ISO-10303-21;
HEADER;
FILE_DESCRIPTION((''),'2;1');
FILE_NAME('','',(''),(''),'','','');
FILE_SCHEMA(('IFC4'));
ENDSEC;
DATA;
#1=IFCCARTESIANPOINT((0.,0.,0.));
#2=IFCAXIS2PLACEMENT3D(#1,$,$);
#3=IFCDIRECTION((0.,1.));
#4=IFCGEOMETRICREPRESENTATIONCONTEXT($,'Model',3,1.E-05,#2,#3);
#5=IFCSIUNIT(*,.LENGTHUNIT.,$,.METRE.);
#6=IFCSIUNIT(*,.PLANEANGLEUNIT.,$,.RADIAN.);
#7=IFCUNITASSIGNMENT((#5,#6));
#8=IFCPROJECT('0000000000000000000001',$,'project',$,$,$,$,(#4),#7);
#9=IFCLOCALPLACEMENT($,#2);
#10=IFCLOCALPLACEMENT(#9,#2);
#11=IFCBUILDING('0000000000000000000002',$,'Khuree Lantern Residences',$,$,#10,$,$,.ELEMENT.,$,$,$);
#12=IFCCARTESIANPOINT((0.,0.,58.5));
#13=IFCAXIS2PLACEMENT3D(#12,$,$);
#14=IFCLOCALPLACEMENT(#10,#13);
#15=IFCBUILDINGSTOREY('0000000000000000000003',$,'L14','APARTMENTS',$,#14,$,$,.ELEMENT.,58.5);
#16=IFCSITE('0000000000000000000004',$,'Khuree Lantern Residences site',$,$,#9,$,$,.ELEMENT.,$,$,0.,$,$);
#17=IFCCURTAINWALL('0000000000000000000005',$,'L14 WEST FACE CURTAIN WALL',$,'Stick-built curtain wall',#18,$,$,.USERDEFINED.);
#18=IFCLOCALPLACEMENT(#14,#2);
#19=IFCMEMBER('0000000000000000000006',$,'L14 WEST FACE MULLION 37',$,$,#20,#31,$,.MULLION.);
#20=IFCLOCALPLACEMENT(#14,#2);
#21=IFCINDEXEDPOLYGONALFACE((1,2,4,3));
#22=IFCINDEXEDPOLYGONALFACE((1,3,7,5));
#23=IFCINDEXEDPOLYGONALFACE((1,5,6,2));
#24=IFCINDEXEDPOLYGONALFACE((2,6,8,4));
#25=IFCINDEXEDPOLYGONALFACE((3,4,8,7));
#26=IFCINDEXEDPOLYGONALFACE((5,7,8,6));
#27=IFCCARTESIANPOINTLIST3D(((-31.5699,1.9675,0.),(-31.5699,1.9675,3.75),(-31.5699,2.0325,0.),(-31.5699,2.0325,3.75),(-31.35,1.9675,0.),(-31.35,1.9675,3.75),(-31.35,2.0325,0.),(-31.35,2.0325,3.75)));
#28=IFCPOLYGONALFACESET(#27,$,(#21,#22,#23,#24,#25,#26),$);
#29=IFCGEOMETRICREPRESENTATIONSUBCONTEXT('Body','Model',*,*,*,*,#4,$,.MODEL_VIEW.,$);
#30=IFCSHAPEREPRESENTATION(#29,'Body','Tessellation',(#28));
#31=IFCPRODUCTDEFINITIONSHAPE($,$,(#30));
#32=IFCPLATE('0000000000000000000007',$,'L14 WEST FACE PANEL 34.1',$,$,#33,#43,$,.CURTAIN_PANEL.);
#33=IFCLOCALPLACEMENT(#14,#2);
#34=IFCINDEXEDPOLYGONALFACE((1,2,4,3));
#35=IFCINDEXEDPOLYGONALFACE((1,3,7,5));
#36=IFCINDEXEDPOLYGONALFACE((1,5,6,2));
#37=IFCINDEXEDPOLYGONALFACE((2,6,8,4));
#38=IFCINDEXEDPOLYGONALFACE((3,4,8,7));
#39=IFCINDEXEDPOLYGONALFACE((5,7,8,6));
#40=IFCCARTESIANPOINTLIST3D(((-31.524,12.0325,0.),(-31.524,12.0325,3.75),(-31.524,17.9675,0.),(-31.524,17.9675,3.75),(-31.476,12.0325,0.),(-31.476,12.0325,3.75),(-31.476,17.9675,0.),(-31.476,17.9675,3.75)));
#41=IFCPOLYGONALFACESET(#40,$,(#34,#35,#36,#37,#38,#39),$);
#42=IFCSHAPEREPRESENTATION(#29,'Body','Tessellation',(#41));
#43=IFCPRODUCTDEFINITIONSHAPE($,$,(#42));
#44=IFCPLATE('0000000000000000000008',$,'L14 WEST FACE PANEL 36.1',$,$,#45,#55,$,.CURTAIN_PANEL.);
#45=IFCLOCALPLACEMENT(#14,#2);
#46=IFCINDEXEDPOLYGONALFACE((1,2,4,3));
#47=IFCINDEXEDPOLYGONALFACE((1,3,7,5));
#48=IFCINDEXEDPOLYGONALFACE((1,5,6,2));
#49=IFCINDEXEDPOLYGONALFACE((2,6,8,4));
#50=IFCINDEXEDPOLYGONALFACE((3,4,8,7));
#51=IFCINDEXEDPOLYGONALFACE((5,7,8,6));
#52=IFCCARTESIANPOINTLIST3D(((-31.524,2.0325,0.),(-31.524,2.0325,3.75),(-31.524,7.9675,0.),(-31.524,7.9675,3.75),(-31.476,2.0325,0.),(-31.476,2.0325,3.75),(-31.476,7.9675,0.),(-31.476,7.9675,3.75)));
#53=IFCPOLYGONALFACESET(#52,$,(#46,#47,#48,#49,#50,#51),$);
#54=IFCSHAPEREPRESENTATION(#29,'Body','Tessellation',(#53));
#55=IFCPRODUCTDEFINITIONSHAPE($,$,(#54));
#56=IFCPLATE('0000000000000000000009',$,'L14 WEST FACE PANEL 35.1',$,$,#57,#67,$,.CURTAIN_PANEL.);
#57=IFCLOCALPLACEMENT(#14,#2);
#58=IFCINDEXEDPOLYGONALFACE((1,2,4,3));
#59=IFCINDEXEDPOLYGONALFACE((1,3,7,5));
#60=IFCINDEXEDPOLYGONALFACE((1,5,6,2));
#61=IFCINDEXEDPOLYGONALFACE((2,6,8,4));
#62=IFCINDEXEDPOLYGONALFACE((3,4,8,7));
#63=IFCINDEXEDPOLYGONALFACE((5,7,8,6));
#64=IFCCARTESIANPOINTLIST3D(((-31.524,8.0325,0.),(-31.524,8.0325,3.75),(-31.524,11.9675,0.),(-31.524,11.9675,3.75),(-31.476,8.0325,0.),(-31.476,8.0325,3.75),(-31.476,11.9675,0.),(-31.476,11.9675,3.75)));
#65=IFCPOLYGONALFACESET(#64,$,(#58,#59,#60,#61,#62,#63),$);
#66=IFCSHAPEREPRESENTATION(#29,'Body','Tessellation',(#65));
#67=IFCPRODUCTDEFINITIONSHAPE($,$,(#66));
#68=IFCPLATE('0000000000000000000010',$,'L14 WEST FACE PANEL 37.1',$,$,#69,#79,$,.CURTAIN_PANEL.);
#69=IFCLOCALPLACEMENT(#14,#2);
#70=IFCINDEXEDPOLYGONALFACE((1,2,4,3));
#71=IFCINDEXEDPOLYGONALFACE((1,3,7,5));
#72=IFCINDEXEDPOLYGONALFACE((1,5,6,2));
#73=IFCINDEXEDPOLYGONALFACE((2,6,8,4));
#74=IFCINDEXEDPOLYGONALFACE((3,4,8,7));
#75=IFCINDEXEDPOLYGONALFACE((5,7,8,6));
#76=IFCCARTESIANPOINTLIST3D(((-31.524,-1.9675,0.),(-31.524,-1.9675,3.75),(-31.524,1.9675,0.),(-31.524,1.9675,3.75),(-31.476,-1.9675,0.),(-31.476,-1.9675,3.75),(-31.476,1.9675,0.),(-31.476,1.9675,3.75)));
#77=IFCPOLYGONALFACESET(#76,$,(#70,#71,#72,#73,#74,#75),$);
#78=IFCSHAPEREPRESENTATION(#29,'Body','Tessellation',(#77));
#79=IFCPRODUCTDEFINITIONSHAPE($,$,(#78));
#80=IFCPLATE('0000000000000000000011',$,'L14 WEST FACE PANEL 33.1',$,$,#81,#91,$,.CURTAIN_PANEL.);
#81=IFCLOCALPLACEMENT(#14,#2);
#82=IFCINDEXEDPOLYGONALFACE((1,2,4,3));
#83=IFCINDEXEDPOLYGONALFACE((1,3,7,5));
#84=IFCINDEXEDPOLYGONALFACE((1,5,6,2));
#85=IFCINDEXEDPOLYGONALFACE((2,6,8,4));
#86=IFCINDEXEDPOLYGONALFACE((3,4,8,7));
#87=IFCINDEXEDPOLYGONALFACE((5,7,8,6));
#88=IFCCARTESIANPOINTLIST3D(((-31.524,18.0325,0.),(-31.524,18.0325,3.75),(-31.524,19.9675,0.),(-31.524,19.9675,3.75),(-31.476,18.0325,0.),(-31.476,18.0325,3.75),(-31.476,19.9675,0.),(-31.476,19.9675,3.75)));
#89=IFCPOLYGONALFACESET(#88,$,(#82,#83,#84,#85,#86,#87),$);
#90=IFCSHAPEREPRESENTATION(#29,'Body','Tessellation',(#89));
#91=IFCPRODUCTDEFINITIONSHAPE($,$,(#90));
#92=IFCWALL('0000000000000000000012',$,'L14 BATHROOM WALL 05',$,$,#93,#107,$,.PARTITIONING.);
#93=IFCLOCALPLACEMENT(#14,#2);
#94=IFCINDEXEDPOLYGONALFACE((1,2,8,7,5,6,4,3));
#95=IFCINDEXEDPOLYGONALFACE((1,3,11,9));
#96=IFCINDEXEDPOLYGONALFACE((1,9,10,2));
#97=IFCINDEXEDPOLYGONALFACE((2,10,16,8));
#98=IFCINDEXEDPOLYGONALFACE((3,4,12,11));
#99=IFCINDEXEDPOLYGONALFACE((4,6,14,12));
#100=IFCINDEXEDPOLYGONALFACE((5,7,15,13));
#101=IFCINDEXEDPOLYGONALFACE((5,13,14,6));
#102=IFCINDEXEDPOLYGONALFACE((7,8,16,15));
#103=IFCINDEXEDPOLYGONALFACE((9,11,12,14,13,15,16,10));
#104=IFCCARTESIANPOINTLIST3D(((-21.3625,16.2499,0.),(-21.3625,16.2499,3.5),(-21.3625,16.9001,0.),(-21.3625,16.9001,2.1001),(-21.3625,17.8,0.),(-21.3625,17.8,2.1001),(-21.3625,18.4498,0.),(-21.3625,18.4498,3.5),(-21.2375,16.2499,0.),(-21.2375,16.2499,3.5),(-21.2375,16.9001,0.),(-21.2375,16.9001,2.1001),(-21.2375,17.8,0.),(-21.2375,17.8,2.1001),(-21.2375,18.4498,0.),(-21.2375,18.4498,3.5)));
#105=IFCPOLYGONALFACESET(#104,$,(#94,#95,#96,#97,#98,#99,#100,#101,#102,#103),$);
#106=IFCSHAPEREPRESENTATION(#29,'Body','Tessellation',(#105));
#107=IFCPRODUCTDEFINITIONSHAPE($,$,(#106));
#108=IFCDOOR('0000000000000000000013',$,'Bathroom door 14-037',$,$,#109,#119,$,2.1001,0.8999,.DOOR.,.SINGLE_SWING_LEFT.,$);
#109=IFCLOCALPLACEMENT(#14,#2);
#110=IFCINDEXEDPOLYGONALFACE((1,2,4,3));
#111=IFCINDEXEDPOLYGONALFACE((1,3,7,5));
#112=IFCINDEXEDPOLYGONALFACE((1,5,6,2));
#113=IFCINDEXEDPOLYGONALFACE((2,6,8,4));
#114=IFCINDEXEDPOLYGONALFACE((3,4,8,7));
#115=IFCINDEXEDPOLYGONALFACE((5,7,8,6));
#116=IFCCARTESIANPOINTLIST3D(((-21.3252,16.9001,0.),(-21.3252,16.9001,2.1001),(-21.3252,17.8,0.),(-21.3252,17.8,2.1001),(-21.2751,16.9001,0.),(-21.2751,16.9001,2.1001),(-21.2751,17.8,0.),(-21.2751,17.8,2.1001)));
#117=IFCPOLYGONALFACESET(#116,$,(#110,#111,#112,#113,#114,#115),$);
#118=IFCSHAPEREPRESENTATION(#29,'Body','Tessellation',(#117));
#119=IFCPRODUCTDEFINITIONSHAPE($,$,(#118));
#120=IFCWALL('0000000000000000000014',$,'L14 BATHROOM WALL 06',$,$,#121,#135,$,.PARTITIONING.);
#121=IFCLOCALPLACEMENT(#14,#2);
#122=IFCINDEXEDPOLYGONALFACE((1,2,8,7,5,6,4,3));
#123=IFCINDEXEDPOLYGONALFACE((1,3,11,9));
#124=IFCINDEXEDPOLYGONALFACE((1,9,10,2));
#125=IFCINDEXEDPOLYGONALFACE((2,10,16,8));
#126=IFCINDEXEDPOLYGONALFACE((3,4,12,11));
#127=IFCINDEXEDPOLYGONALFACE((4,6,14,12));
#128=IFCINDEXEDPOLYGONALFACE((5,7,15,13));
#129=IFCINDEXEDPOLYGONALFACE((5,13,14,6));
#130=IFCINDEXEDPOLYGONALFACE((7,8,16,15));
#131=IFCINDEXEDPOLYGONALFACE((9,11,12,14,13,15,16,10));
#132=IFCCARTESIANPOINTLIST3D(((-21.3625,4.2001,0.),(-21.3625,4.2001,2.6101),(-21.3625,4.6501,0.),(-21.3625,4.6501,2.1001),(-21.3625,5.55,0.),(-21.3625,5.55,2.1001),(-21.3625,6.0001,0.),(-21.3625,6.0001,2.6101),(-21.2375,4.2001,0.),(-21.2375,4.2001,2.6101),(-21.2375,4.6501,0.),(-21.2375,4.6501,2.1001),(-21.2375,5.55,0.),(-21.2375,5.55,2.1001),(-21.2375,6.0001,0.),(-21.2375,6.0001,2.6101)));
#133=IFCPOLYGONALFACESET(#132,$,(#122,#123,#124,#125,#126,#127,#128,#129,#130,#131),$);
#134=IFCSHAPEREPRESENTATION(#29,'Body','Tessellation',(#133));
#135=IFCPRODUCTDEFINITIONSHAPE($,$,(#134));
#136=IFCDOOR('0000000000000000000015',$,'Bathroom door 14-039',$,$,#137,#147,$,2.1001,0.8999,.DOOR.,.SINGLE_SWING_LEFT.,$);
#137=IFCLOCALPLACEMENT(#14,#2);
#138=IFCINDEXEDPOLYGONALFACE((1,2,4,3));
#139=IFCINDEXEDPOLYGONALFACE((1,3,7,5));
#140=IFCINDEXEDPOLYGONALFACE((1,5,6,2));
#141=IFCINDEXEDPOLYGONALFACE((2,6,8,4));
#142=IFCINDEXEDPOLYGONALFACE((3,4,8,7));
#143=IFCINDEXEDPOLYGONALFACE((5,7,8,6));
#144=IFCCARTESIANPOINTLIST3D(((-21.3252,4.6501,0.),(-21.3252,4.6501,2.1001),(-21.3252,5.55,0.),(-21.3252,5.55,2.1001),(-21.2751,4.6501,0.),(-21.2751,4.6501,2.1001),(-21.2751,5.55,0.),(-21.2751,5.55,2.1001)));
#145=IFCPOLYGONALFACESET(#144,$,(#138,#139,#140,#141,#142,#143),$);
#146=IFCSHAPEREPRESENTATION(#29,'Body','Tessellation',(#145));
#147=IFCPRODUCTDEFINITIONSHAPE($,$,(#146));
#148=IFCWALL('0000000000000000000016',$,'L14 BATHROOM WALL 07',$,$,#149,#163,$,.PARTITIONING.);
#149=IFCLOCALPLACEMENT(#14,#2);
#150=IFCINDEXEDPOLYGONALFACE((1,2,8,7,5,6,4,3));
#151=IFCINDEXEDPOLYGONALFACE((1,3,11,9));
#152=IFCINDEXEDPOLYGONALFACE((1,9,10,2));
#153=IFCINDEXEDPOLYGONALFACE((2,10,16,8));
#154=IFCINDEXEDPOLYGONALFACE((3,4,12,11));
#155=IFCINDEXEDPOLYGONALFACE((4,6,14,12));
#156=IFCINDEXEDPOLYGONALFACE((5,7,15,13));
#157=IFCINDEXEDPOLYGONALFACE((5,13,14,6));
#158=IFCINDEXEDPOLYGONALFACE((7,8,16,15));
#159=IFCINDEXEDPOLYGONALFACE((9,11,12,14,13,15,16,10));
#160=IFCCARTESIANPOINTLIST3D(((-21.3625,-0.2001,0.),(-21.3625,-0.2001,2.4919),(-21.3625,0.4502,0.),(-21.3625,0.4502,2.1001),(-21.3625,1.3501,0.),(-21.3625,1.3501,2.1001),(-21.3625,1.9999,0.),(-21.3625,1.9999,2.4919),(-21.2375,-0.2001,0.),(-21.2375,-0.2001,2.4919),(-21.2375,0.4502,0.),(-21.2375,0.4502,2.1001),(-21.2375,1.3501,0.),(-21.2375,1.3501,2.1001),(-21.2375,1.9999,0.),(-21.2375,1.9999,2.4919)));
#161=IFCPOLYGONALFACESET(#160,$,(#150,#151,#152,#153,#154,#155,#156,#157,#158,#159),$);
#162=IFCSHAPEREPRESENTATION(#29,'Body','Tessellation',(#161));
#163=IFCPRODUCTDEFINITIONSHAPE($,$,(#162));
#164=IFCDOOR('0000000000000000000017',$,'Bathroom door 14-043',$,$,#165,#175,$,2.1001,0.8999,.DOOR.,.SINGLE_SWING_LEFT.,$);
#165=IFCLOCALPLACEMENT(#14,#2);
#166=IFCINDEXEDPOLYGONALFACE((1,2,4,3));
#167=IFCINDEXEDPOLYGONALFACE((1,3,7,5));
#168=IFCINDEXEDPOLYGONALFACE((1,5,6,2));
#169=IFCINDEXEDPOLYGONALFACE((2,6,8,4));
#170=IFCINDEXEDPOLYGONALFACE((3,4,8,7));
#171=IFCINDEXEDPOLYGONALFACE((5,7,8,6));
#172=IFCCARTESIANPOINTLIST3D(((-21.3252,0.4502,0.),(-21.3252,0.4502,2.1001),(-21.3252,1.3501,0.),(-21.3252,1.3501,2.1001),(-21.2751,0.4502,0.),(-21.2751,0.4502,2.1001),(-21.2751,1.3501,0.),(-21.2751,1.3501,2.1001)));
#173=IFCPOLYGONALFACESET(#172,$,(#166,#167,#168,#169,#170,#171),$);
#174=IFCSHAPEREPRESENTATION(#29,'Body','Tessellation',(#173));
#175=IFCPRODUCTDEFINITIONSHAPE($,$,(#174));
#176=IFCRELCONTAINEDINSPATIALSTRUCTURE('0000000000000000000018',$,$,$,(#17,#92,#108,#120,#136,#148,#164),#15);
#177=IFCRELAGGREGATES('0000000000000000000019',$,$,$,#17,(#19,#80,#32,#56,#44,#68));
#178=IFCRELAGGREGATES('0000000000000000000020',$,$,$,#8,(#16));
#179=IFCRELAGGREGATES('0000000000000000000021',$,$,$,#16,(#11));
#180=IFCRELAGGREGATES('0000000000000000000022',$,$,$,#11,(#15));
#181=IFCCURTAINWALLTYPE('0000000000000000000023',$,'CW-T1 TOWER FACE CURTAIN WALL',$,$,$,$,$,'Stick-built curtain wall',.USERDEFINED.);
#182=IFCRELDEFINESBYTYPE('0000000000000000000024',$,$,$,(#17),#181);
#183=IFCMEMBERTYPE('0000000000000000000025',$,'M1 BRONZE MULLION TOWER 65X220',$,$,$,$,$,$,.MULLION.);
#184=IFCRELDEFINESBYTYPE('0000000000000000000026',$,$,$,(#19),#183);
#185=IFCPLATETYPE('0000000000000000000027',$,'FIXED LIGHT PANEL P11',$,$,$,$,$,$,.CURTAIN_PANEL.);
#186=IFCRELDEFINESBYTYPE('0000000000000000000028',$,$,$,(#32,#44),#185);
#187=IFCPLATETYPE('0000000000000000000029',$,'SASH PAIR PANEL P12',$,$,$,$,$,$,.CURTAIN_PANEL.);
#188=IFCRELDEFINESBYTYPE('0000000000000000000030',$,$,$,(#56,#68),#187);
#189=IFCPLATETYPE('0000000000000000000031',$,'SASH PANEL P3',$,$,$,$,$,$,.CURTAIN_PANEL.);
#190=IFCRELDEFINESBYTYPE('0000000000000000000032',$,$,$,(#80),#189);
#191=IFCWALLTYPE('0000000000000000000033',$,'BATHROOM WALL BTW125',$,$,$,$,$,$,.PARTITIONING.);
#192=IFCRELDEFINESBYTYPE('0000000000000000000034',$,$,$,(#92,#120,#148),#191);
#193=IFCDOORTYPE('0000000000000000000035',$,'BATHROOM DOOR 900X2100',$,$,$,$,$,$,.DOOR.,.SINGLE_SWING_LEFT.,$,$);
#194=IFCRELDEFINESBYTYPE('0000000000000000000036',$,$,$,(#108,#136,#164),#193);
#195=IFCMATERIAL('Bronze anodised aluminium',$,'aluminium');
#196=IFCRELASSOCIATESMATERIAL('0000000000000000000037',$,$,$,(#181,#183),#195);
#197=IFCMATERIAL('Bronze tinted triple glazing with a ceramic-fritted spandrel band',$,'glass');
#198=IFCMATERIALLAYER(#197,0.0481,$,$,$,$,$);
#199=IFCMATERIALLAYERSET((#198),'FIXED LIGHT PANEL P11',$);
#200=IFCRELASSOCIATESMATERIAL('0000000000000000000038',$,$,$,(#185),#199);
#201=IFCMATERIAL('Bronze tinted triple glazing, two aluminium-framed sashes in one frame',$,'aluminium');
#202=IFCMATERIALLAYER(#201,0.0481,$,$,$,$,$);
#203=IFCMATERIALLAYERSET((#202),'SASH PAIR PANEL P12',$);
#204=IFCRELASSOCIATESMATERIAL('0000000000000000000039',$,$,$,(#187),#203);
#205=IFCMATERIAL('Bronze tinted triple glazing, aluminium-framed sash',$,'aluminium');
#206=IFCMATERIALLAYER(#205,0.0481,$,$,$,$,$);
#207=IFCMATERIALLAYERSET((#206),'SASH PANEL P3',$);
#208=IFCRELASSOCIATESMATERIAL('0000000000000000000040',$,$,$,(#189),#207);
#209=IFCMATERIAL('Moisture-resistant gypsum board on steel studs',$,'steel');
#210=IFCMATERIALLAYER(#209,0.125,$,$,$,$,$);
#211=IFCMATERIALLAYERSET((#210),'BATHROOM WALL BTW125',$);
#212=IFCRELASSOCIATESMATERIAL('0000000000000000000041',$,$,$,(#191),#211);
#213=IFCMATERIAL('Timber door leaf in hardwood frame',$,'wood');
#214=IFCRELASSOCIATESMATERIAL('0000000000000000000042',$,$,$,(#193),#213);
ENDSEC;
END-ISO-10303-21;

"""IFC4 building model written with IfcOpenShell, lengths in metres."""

from ifc_helpers import new_model, si_unit, direction, frame, frame_2d, origin, origin_2d, place, context, subcontext, project, spatial, rectangle, extrude, material, layer, layer_set, material_profile, profile_set, type_object, element, fill, aggregate, save


model = new_model("IFC4")

# Units and contexts
model_context = context("Model", 3, precision=1e-05, world=origin(), true_north=direction((0.0, 1.0)))
body_context = subcontext(model_context, "Body", "Model", "MODEL_VIEW")
ifc_project = project(units=[si_unit("LENGTHUNIT", "METRE"), si_unit("PLANEANGLEUNIT", "RADIAN")], contexts=[model_context])

# Site, building, storey
site_placement = place(None, origin())
site = spatial("IfcSite", under=ifc_project, at=site_placement, Name="Khuree Lantern Residences site", CompositionType="ELEMENT", RefElevation=0.0)
building_placement = place(site_placement, origin())
building = spatial("IfcBuilding", under=site, at=building_placement, Name="Khuree Lantern Residences", CompositionType="ELEMENT")
storey_placement = place(building_placement, frame((0.0, 0.0, 58.5)))
storey = spatial("IfcBuildingStorey", under=building, at=storey_placement, Name="L14", Description="APARTMENTS", CompositionType="ELEMENT", Elevation=58.5)

# Curtain wall
ifc_material_1 = material(Name="Bronze anodised aluminium", Category="aluminium")
curtain_wall_type = type_object("IfcCurtainWallType", Name="CW-T1 TOWER FACE CURTAIN WALL", ElementType="Stick-built curtain wall", PredefinedType="USERDEFINED", material=ifc_material_1)
curtain_wall_placement = place(storey_placement, origin())
curtain_wall = element("IfcCurtainWall", 1, at=curtain_wall_placement, inside=storey, type_object=curtain_wall_type, Name="L14 WEST FACE CURTAIN WALL", ObjectType="Stick-built curtain wall", PredefinedType="USERDEFINED")

# Member
ifc_material_profile_1 = material_profile(ifc_material_1, rectangle(XDim=0.0649, YDim=0.22, at=origin_2d()), Name="M1 65X220")
ifc_profile_set_1 = profile_set([ifc_material_profile_1], Name="Bronze anodised aluminium")
member_type_1 = type_object("IfcMemberType", Name="M1 BRONZE MULLION TOWER 65X220", PredefinedType="MULLION", material=ifc_profile_set_1)
member_1_placement = place(storey_placement, frame((-31.46, 2.0, 0.0), z_axis=(0.0, 0.0, 1.0), x_axis=(0.0, -1.0, 0.0)))
member_1 = element("IfcMember", 2, at=member_1_placement, type_object=member_type_1, Name="L14 WEST FACE MULLION 37", PredefinedType="MULLION", context=body_context, shape_type="SweptSolid", body=[
    extrude(rectangle(XDim=0.0649, YDim=0.22, at=origin_2d()), origin(), (0.0, 0.0, 1.0), 3.75),
])

# Plates
ifc_material_2 = material(Name="Bronze tinted triple glazing with a ceramic-fritted spandrel band", Category="glass")
ifc_layer_1 = layer(ifc_material_2, 0.0481)
ifc_layer_set_1 = layer_set([ifc_layer_1], Name="FIXED LIGHT PANEL P11")
plate_type_1 = type_object("IfcPlateType", Name="FIXED LIGHT PANEL P11", PredefinedType="CURTAIN_PANEL", material=ifc_layer_set_1)
plate_1_placement = place(storey_placement, frame((-31.5, 15.0, 0.0), z_axis=(0.0, 0.0, 1.0), x_axis=(0.0, -1.0, 0.0)))
plate_1 = element("IfcPlate", 3, at=plate_1_placement, type_object=plate_type_1, Name="L14 WEST FACE PANEL 34.1", PredefinedType="CURTAIN_PANEL", context=body_context, shape_type="SweptSolid", body=[
    extrude(rectangle(XDim=5.9351, YDim=0.0481, at=origin_2d()), origin(), (0.0, 0.0, 1.0), 3.75),
])
plate_2_placement = place(storey_placement, frame((-31.5, 5.0, 0.0), z_axis=(0.0, 0.0, 1.0), x_axis=(0.0, -1.0, 0.0)))
plate_2 = element("IfcPlate", 4, at=plate_2_placement, type_object=plate_type_1, Name="L14 WEST FACE PANEL 36.1", PredefinedType="CURTAIN_PANEL", context=body_context, shape_type="SweptSolid", body=[
    extrude(rectangle(XDim=5.9351, YDim=0.0481, at=origin_2d()), origin(), (0.0, 0.0, 1.0), 3.75),
])
ifc_material_3 = material(Name="Bronze tinted triple glazing, two aluminium-framed sashes in one frame", Category="aluminium")
ifc_layer_2 = layer(ifc_material_3, 0.0481)
ifc_layer_set_2 = layer_set([ifc_layer_2], Name="SASH PAIR PANEL P12")
plate_type_2 = type_object("IfcPlateType", Name="SASH PAIR PANEL P12", PredefinedType="CURTAIN_PANEL", material=ifc_layer_set_2)
plate_3_placement = place(storey_placement, frame((-31.5, 10.0, 0.0), z_axis=(0.0, 0.0, 1.0), x_axis=(0.0, -1.0, 0.0)))
plate_3 = element("IfcPlate", 5, at=plate_3_placement, type_object=plate_type_2, Name="L14 WEST FACE PANEL 35.1", PredefinedType="CURTAIN_PANEL", context=body_context, shape_type="SweptSolid", body=[
    extrude(rectangle(XDim=3.9351, YDim=0.0481, at=origin_2d()), origin(), (0.0, 0.0, 1.0), 3.75),
])
plate_4_placement = place(storey_placement, frame((-31.5, 0.0, 0.0), z_axis=(0.0, 0.0, 1.0), x_axis=(0.0, -1.0, 0.0)))
plate_4 = element("IfcPlate", 6, at=plate_4_placement, type_object=plate_type_2, Name="L14 WEST FACE PANEL 37.1", PredefinedType="CURTAIN_PANEL", context=body_context, shape_type="SweptSolid", body=[
    extrude(rectangle(XDim=3.9351, YDim=0.0481, at=origin_2d()), origin(), (0.0, 0.0, 1.0), 3.75),
])
ifc_material_4 = material(Name="Bronze tinted triple glazing, aluminium-framed sash", Category="aluminium")
ifc_layer_3 = layer(ifc_material_4, 0.0481)
ifc_layer_set_3 = layer_set([ifc_layer_3], Name="SASH PANEL P3")
plate_type_3 = type_object("IfcPlateType", Name="SASH PANEL P3", PredefinedType="CURTAIN_PANEL", material=ifc_layer_set_3)
plate_5_placement = place(storey_placement, frame((-31.5, 19.0, 0.0), z_axis=(0.0, 0.0, 1.0), x_axis=(0.0, -1.0, 0.0)))
plate_5 = element("IfcPlate", 7, at=plate_5_placement, type_object=plate_type_3, Name="L14 WEST FACE PANEL 33.1", PredefinedType="CURTAIN_PANEL", context=body_context, shape_type="SweptSolid", body=[
    extrude(rectangle(XDim=1.9351, YDim=0.0481, at=origin_2d()), origin(), (0.0, 0.0, 1.0), 3.75),
])
aggregate(curtain_wall, [member_1, plate_5, plate_1, plate_3, plate_2, plate_4])

# Walls, openings, doors
ifc_material_5 = material(Name="Moisture-resistant gypsum board on steel studs", Category="steel")
ifc_layer_4 = layer(ifc_material_5, 0.125)
ifc_layer_set_4 = layer_set([ifc_layer_4], Name="BATHROOM WALL BTW125")
wall_type_1 = type_object("IfcWallType", Name="BATHROOM WALL BTW125", PredefinedType="PARTITIONING", material=ifc_layer_set_4)
wall_1_placement = place(storey_placement, frame((-21.3, 18.45, 0.0), z_axis=(0.0, 0.0, 1.0), x_axis=(0.0, -1.0, 0.0)))
wall_1 = element("IfcWall", 8, at=wall_1_placement, inside=storey, type_object=wall_type_1, Name="L14 BATHROOM WALL 05", PredefinedType="PARTITIONING", context=body_context, shape_type="SweptSolid", body=[
    extrude(rectangle(XDim=2.2, YDim=0.125, at=frame_2d((1.1001, 0.0))), origin(), (0.0, 0.0, 1.0), 3.5),
])
opening_1_placement = place(wall_1_placement, frame((0.6499, 0.0, 0.0)))
opening_1 = element("IfcOpeningElement", 9, at=opening_1_placement, cuts=wall_1, PredefinedType="OPENING", context=body_context, shape_type="SweptSolid", body=[
    extrude(rectangle(XDim=0.8999, YDim=2.1001, at=frame_2d((0.45, 1.05))), frame((0.0, 0.0725, 0.0), z_axis=(0.0, -1.0, 0.0), x_axis=(1.0, 0.0, 0.0)), (0.0, 0.0, 1.0), 0.145),
])
ifc_material_6 = material(Name="Timber door leaf in hardwood frame", Category="wood")
door_type_1 = type_object("IfcDoorType", Name="BATHROOM DOOR 900X2100", OperationType="SINGLE_SWING_LEFT", PredefinedType="DOOR", material=ifc_material_6)
door_1_placement = place(opening_1_placement, origin())
door_1 = element("IfcDoor", 10, at=door_1_placement, inside=storey, type_object=door_type_1, Name="Bathroom door 14-037", OperationType="SINGLE_SWING_LEFT", OverallHeight=2.1001, OverallWidth=0.8999, PredefinedType="DOOR", context=body_context, shape_type="SweptSolid", body=[
    extrude(rectangle(XDim=0.8999, YDim=2.1001, at=frame_2d((0.45, 1.05))), frame((0.0, 0.0249, 0.0), z_axis=(0.0, -1.0, 0.0), x_axis=(1.0, 0.0, 0.0)), (0.0, 0.0, 1.0), 0.05),
])
fill(opening_1, door_1)
wall_2_placement = place(storey_placement, frame((-21.3, 6.0, 0.0), z_axis=(0.0, 0.0, 1.0), x_axis=(0.0, -1.0, 0.0)))
wall_2 = element("IfcWall", 11, at=wall_2_placement, inside=storey, type_object=wall_type_1, Name="L14 BATHROOM WALL 06", PredefinedType="PARTITIONING", context=body_context, shape_type="SweptSolid", body=[
    extrude(rectangle(XDim=1.8, YDim=0.125, at=frame_2d((0.8999, 0.0))), origin(), (0.0, 0.0, 1.0), 2.6101),
])
opening_2_placement = place(wall_2_placement, frame((0.45, 0.0, 0.0)))
opening_2 = element("IfcOpeningElement", 12, at=opening_2_placement, cuts=wall_2, PredefinedType="OPENING", context=body_context, shape_type="SweptSolid", body=[
    extrude(rectangle(XDim=0.8999, YDim=2.1001, at=frame_2d((0.45, 1.05))), frame((0.0, 0.0725, 0.0), z_axis=(0.0, -1.0, 0.0), x_axis=(1.0, 0.0, 0.0)), (0.0, 0.0, 1.0), 0.145),
])
door_2_placement = place(opening_2_placement, origin())
door_2 = element("IfcDoor", 13, at=door_2_placement, inside=storey, type_object=door_type_1, Name="Bathroom door 14-039", OperationType="SINGLE_SWING_LEFT", OverallHeight=2.1001, OverallWidth=0.8999, PredefinedType="DOOR", context=body_context, shape_type="SweptSolid", body=[
    extrude(rectangle(XDim=0.8999, YDim=2.1001, at=frame_2d((0.45, 1.05))), frame((0.0, 0.0249, 0.0), z_axis=(0.0, -1.0, 0.0), x_axis=(1.0, 0.0, 0.0)), (0.0, 0.0, 1.0), 0.05),
])
fill(opening_2, door_2)
wall_3_placement = place(storey_placement, frame((-21.3, 2.0, 0.0), z_axis=(0.0, 0.0, 1.0), x_axis=(0.0, -1.0, 0.0)))
wall_3 = element("IfcWall", 14, at=wall_3_placement, inside=storey, type_object=wall_type_1, Name="L14 BATHROOM WALL 07", PredefinedType="PARTITIONING", context=body_context, shape_type="SweptSolid", body=[
    extrude(rectangle(XDim=2.2, YDim=0.125, at=frame_2d((1.1001, 0.0))), origin(), (0.0, 0.0, 1.0), 2.4919),
])
opening_3_placement = place(wall_3_placement, frame((0.6499, 0.0, 0.0)))
opening_3 = element("IfcOpeningElement", 15, at=opening_3_placement, cuts=wall_3, PredefinedType="OPENING", context=body_context, shape_type="SweptSolid", body=[
    extrude(rectangle(XDim=0.8999, YDim=2.1001, at=frame_2d((0.45, 1.05))), frame((0.0, 0.0725, 0.0), z_axis=(0.0, -1.0, 0.0), x_axis=(1.0, 0.0, 0.0)), (0.0, 0.0, 1.0), 0.145),
])
door_3_placement = place(opening_3_placement, origin())
door_3 = element("IfcDoor", 16, at=door_3_placement, inside=storey, type_object=door_type_1, Name="Bathroom door 14-043", OperationType="SINGLE_SWING_LEFT", OverallHeight=2.1001, OverallWidth=0.8999, PredefinedType="DOOR", context=body_context, shape_type="SweptSolid", body=[
    extrude(rectangle(XDim=0.8999, YDim=2.1001, at=frame_2d((0.45, 1.05))), frame((0.0, 0.0249, 0.0), z_axis=(0.0, -1.0, 0.0), x_axis=(1.0, 0.0, 0.0)), (0.0, 0.0, 1.0), 0.05),
])
fill(opening_3, door_3)

save(model, "model.ifc")
